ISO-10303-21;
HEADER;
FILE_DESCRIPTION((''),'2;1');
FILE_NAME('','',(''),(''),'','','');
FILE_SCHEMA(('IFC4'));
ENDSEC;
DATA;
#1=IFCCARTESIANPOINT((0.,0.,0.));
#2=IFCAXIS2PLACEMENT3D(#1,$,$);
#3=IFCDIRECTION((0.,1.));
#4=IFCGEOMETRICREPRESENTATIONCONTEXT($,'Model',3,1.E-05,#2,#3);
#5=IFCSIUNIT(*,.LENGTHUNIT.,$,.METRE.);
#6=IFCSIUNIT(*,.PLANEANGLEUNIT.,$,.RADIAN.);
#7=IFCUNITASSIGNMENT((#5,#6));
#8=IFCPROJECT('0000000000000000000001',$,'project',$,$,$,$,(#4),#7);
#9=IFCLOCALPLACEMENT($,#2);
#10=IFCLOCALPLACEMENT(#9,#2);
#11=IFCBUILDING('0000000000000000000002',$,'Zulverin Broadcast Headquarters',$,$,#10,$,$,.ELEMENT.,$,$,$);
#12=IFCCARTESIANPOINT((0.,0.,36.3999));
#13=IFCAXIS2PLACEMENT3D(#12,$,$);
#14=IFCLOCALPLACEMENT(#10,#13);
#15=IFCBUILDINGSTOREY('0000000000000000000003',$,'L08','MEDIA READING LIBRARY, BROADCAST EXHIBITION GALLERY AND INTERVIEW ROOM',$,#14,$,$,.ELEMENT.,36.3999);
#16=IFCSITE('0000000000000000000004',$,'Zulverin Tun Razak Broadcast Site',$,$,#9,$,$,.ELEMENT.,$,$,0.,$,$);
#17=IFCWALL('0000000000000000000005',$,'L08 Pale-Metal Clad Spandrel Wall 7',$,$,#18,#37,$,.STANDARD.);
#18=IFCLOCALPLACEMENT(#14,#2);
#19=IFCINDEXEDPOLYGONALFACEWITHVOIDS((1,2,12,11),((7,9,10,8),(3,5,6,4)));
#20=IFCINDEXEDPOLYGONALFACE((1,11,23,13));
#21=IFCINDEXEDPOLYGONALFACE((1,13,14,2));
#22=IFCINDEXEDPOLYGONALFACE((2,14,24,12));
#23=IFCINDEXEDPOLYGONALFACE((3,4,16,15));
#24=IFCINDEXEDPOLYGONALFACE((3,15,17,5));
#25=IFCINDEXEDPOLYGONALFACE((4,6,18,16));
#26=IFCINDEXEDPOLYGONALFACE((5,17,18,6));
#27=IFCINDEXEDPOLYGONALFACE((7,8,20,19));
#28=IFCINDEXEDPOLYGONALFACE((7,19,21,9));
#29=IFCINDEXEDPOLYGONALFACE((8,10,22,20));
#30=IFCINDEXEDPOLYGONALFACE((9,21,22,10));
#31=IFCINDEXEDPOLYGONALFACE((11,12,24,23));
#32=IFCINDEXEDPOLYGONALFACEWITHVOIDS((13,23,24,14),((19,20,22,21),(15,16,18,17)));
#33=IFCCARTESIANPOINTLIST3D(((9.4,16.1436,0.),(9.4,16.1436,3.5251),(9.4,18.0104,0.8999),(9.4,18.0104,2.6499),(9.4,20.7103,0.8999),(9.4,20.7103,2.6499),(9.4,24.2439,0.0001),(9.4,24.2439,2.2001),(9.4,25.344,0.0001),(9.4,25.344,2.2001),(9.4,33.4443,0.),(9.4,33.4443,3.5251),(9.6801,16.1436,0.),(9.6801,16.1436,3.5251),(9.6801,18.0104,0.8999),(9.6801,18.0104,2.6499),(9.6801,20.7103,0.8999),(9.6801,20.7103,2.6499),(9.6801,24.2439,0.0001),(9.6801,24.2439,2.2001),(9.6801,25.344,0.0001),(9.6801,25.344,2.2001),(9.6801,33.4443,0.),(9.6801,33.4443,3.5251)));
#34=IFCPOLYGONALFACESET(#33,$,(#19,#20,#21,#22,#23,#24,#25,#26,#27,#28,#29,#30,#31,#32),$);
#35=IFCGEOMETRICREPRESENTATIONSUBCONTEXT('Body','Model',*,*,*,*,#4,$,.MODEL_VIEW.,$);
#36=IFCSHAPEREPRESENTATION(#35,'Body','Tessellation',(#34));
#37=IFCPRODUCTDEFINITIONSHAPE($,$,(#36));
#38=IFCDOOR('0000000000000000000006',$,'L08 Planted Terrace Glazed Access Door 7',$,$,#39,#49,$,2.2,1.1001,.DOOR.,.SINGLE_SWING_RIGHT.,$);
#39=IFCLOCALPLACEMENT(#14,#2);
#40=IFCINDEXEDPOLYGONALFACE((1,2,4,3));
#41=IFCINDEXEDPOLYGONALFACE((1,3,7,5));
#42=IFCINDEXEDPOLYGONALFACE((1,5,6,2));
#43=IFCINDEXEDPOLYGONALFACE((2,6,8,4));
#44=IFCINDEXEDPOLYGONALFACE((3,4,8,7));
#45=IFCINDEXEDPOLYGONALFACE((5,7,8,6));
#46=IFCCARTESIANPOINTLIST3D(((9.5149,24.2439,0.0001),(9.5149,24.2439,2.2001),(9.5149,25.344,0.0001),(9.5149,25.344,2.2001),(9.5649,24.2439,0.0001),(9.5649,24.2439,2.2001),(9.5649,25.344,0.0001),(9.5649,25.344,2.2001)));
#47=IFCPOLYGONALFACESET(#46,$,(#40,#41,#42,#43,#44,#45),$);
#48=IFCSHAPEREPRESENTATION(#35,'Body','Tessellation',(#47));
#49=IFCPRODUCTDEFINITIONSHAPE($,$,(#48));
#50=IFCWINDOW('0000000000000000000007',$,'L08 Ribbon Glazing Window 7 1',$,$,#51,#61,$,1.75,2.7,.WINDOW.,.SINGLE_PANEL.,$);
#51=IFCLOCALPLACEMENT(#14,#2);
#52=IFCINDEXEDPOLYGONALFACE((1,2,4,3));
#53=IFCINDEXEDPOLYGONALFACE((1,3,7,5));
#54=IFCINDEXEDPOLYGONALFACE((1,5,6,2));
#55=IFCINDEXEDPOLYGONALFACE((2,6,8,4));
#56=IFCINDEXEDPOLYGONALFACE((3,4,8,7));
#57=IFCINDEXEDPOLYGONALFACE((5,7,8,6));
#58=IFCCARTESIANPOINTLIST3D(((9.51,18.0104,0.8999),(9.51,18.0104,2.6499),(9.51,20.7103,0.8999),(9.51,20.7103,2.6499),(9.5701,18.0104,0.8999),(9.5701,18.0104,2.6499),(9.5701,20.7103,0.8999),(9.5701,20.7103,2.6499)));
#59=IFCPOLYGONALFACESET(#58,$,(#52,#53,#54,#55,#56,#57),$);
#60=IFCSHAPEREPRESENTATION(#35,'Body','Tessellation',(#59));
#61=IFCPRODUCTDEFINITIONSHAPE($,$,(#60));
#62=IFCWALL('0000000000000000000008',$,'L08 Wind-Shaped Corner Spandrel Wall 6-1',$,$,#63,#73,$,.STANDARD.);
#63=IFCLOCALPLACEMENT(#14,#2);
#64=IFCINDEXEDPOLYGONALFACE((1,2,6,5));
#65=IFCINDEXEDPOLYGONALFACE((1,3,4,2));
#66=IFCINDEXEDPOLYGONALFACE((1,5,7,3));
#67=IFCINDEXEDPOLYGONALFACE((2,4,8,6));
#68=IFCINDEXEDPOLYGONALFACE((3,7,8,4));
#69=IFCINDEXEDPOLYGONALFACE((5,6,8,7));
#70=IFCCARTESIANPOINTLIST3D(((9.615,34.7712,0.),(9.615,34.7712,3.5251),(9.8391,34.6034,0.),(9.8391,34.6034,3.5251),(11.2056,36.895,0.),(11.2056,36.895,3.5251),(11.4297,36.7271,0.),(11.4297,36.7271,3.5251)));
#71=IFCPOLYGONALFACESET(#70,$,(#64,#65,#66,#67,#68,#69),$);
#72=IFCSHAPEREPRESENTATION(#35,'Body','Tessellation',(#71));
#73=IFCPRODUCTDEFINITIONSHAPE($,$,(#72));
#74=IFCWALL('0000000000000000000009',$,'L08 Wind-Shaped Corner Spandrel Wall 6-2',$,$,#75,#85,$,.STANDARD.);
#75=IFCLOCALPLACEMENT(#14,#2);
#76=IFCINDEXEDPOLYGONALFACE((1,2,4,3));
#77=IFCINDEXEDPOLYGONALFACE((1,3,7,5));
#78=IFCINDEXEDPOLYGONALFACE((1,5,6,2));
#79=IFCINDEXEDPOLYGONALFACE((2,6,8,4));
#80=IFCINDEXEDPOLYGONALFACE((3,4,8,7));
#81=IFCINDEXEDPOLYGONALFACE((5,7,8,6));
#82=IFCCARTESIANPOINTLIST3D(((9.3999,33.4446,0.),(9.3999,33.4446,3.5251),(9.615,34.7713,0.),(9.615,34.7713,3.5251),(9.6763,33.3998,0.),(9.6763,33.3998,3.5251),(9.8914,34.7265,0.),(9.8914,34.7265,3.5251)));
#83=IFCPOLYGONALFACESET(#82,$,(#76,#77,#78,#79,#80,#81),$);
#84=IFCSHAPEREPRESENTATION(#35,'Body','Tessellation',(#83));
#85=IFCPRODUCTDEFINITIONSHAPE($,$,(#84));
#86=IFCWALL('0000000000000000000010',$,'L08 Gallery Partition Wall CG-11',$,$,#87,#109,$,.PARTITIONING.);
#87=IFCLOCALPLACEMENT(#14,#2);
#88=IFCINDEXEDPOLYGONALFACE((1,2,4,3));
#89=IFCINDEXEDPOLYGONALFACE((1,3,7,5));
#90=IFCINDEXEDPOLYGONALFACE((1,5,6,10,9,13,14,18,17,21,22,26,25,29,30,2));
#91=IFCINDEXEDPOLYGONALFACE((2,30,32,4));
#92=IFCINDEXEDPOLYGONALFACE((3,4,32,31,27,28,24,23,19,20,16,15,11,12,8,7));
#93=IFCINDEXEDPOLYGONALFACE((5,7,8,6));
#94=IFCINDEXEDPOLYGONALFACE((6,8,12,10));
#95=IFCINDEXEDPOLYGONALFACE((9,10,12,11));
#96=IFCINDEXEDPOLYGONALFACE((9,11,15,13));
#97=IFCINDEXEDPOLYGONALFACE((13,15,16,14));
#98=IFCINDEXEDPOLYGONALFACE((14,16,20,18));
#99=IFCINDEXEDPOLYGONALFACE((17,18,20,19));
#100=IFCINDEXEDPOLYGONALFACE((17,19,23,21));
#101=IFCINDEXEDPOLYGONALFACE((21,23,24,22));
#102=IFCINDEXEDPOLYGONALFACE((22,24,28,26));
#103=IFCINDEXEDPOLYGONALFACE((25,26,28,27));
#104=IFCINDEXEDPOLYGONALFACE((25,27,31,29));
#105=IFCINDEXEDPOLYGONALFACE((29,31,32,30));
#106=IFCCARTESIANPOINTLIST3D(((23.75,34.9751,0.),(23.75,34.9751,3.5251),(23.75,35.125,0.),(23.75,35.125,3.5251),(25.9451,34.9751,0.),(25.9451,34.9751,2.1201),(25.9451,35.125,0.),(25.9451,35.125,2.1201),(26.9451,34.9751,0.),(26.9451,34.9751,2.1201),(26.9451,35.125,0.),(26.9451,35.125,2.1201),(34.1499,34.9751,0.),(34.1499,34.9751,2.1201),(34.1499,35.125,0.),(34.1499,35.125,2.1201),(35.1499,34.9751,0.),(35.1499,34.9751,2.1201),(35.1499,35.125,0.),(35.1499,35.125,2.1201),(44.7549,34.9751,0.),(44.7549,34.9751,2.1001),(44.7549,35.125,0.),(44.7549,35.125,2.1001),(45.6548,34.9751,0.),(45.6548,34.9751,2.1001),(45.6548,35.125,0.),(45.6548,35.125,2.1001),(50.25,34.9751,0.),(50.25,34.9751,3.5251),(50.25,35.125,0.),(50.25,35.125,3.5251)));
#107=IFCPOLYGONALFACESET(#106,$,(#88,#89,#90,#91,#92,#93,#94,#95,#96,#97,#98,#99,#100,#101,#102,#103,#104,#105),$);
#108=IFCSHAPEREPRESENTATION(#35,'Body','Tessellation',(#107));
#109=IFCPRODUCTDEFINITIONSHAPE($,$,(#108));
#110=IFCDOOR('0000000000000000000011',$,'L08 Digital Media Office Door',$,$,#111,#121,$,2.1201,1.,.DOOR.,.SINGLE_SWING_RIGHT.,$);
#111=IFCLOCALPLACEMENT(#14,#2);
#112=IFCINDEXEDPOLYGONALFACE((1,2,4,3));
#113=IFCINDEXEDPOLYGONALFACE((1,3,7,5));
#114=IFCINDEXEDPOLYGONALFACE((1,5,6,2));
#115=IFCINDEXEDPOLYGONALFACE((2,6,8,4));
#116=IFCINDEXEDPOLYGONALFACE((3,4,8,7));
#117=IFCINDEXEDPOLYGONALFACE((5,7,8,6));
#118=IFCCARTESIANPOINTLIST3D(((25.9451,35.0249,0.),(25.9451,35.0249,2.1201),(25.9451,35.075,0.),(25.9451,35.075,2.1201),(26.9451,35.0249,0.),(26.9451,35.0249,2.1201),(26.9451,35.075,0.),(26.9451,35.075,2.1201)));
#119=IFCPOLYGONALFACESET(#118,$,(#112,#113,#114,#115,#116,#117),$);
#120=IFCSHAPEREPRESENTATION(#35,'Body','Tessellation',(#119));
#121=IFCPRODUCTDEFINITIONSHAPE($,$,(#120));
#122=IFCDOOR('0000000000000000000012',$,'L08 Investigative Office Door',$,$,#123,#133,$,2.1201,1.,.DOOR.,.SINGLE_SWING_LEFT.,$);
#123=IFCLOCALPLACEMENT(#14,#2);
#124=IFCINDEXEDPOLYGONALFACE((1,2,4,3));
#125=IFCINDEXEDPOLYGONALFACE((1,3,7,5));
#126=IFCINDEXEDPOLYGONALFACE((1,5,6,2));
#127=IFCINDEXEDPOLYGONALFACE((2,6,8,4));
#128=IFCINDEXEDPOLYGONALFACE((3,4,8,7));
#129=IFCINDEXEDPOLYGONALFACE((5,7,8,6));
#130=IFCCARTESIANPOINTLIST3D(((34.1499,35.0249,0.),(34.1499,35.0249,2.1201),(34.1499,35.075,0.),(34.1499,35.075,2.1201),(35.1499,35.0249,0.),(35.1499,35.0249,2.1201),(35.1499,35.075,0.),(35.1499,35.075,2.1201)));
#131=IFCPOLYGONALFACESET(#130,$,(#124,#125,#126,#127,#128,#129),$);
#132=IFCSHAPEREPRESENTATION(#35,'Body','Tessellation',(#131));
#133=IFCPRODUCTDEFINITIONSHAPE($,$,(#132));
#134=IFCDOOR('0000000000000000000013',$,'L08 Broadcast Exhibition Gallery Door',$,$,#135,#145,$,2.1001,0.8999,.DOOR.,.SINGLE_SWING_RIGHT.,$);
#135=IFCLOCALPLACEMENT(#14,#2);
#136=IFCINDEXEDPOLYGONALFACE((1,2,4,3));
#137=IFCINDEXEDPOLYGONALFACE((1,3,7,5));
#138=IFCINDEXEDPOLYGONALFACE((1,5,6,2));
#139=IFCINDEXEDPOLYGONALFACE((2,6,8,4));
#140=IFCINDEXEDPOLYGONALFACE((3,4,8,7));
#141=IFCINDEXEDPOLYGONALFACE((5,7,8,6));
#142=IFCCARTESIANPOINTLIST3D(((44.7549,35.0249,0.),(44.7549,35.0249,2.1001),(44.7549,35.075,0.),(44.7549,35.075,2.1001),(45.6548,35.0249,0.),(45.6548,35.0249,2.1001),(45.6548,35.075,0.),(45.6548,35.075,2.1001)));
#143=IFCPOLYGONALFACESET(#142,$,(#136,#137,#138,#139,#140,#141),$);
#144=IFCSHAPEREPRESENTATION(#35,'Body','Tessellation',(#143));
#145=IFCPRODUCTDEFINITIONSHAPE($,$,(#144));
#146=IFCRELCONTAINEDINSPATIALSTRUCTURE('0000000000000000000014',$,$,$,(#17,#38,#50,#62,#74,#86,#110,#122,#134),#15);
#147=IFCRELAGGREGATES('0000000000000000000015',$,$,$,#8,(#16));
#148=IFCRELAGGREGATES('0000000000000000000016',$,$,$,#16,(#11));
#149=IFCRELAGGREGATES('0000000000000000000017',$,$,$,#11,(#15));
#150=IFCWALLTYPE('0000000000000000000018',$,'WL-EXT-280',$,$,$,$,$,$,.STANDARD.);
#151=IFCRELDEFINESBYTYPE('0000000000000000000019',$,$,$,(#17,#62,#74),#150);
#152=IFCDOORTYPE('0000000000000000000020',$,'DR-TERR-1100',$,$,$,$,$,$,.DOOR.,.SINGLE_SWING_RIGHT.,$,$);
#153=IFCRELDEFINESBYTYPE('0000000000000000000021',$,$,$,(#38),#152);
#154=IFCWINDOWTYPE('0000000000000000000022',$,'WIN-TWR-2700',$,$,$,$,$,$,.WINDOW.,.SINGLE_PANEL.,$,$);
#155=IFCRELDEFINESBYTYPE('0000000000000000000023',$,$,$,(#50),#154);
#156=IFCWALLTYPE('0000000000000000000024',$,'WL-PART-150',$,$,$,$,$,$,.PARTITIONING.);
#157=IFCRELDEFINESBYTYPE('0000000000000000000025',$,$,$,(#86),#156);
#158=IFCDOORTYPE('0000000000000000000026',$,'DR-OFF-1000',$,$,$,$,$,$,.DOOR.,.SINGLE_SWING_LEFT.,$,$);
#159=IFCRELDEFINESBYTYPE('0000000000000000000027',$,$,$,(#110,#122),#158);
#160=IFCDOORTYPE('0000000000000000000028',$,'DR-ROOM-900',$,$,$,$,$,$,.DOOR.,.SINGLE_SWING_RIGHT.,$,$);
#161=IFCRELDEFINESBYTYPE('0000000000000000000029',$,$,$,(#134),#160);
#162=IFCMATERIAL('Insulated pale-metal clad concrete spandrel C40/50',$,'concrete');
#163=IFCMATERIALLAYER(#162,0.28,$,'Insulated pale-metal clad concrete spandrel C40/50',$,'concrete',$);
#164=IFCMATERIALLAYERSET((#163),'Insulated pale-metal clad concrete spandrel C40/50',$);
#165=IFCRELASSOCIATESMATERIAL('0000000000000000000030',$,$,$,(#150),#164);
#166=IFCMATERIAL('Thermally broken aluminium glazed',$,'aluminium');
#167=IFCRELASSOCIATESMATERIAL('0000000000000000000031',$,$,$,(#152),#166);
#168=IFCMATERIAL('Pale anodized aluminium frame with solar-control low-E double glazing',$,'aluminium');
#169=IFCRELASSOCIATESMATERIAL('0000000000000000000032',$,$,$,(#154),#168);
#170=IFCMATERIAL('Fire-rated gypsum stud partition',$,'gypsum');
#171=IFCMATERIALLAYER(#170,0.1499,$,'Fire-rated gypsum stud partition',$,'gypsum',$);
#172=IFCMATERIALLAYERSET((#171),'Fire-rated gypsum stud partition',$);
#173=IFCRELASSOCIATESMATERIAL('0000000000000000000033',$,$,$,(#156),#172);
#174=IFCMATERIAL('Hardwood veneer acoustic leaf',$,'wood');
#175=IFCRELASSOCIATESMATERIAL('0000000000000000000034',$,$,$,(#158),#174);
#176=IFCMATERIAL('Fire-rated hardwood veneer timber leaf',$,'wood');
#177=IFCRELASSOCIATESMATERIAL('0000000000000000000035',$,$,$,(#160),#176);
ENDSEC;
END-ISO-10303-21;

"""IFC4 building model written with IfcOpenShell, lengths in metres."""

from ifc_helpers import new_model, si_unit, direction, frame, frame_2d, origin, place, context, subcontext, project, spatial, rectangle, extrude, material, layer, layer_set, type_object, element, fill, save


model = new_model("IFC4")

# Units and contexts
model_context = context("Model", 3, precision=1e-05, world=origin(), true_north=direction((0.0, 1.0)))
body_context = subcontext(model_context, "Body", "Model", "MODEL_VIEW")
ifc_project = project(units=[si_unit("LENGTHUNIT", "METRE"), si_unit("PLANEANGLEUNIT", "RADIAN")], contexts=[model_context])

# Site, building, storey
site_placement = place(None, origin())
site = spatial("IfcSite", under=ifc_project, at=site_placement, Name="Zulverin Tun Razak Broadcast Site", CompositionType="ELEMENT", RefElevation=0.0)
building_placement = place(site_placement, origin())
building = spatial("IfcBuilding", under=site, at=building_placement, Name="Zulverin Broadcast Headquarters", CompositionType="ELEMENT")
storey_placement = place(building_placement, frame((0.0, 0.0, 36.3999)))
storey = spatial("IfcBuildingStorey", under=building, at=storey_placement, Name="L08", Description="MEDIA READING LIBRARY, BROADCAST EXHIBITION GALLERY AND INTERVIEW ROOM", CompositionType="ELEMENT", Elevation=36.3999)

# Wall, openings, door, window
ifc_material_1 = material(Name="Insulated pale-metal clad concrete spandrel C40/50", Category="concrete")
ifc_layer_1 = layer(ifc_material_1, 0.28, Name="Insulated pale-metal clad concrete spandrel C40/50", Category="concrete")
ifc_layer_set_1 = layer_set([ifc_layer_1], Name="Insulated pale-metal clad concrete spandrel C40/50")
wall_type_1 = type_object("IfcWallType", Name="WL-EXT-280", PredefinedType="STANDARD", material=ifc_layer_set_1)
wall_1_placement = place(storey_placement, frame((9.54, 33.4443, 0.0), z_axis=(0.0, 0.0, 1.0), x_axis=(0.0, -1.0, 0.0)))
wall_1 = element("IfcWall", 1, at=wall_1_placement, inside=storey, type_object=wall_type_1, Name="L08 Pale-Metal Clad Spandrel Wall 7", PredefinedType="STANDARD", context=body_context, shape_type="SweptSolid", body=[
    extrude(rectangle(XDim=17.3008, YDim=0.28, at=frame_2d((8.6504, 0.0))), origin(), (0.0, 0.0, 1.0), 3.5251),
])
opening_1_placement = place(wall_1_placement, frame((8.1003, 0.0, 0.0)))
opening_1 = element("IfcOpeningElement", 2, at=opening_1_placement, cuts=wall_1, PredefinedType="OPENING", context=body_context, shape_type="SweptSolid", body=[
    extrude(rectangle(XDim=1.1001, YDim=2.2, at=frame_2d((0.55, 1.1001))), frame((0.0, 0.1499, 0.0), z_axis=(0.0, -1.0, 0.0), x_axis=(1.0, 0.0, 0.0)), (0.0, 0.0, 1.0), 0.3),
])
opening_2_placement = place(wall_1_placement, frame((12.7339, 0.0, 0.8999)))
opening_2 = element("IfcOpeningElement", 3, at=opening_2_placement, cuts=wall_1, PredefinedType="OPENING", context=body_context, shape_type="SweptSolid", body=[
    extrude(rectangle(XDim=2.7, YDim=1.75, at=frame_2d((1.3501, 0.875))), frame((0.0, 0.1499, 0.0), z_axis=(0.0, -1.0, 0.0), x_axis=(1.0, 0.0, 0.0)), (0.0, 0.0, 1.0), 0.3),
])
ifc_material_2 = material(Name="Thermally broken aluminium glazed", Category="aluminium")
door_type_1 = type_object("IfcDoorType", Name="DR-TERR-1100", OperationType="SINGLE_SWING_RIGHT", PredefinedType="DOOR", material=ifc_material_2)
door_1_placement = place(opening_1_placement, origin())
door_1 = element("IfcDoor", 4, at=door_1_placement, inside=storey, type_object=door_type_1, Name="L08 Planted Terrace Glazed Access Door 7", OperationType="SINGLE_SWING_RIGHT", OverallHeight=2.2, OverallWidth=1.1001, PredefinedType="DOOR", context=body_context, shape_type="SweptSolid", body=[
    extrude(rectangle(XDim=1.1001, YDim=2.2, at=frame_2d((0.55, 1.1001))), frame((0.0, 0.0249, 0.0), z_axis=(0.0, -1.0, 0.0), x_axis=(1.0, 0.0, 0.0)), (0.0, 0.0, 1.0), 0.05),
])
fill(opening_1, door_1)
ifc_material_3 = material(Name="Pale anodized aluminium frame with solar-control low-E double glazing", Category="aluminium")
window_type = type_object("IfcWindowType", Name="WIN-TWR-2700", PartitioningType="SINGLE_PANEL", PredefinedType="WINDOW", material=ifc_material_3)
window_placement = place(opening_2_placement, origin())
window = element("IfcWindow", 5, at=window_placement, inside=storey, type_object=window_type, Name="L08 Ribbon Glazing Window 7 1", OverallHeight=1.75, OverallWidth=2.7, PartitioningType="SINGLE_PANEL", PredefinedType="WINDOW", context=body_context, shape_type="SweptSolid", body=[
    extrude(rectangle(XDim=2.7, YDim=1.75, at=frame_2d((1.3501, 0.875))), frame((0.0, 0.03, 0.0), z_axis=(0.0, -1.0, 0.0), x_axis=(1.0, 0.0, 0.0)), (0.0, 0.0, 1.0), 0.0601),
])
fill(opening_2, window)

# Walls
wall_2_placement = place(storey_placement, frame((11.3176, 36.811, 0.0), z_axis=(0.0, 0.0, 1.0), x_axis=(-0.599455, -0.800408, 0.0)))
element("IfcWall", 6, at=wall_2_placement, inside=storey, type_object=wall_type_1, Name="L08 Wind-Shaped Corner Spandrel Wall 6-1", PredefinedType="STANDARD", context=body_context, shape_type="SweptSolid", body=[
    extrude(rectangle(XDim=2.6533, YDim=0.28, at=frame_2d((1.3267, 0.0))), origin(), (0.0, 0.0, 1.0), 3.5251),
])
wall_3_placement = place(storey_placement, frame((9.7532, 34.7488, 0.0), z_axis=(0.0, 0.0, 1.0), x_axis=(-0.160038, -0.987111, 0.0)))
element("IfcWall", 7, at=wall_3_placement, inside=storey, type_object=wall_type_1, Name="L08 Wind-Shaped Corner Spandrel Wall 6-2", PredefinedType="STANDARD", context=body_context, shape_type="SweptSolid", body=[
    extrude(rectangle(XDim=1.344, YDim=0.28, at=frame_2d((0.6719, 0.0))), origin(), (0.0, 0.0, 1.0), 3.5251),
])

# Wall, openings, doors
ifc_material_4 = material(Name="Fire-rated gypsum stud partition", Category="gypsum")
ifc_layer_2 = layer(ifc_material_4, 0.1499, Name="Fire-rated gypsum stud partition", Category="gypsum")
ifc_layer_set_2 = layer_set([ifc_layer_2], Name="Fire-rated gypsum stud partition")
wall_type_2 = type_object("IfcWallType", Name="WL-PART-150", PredefinedType="PARTITIONING", material=ifc_layer_set_2)
wall_4_placement = place(storey_placement, frame((23.75, 35.05, 0.0), z_axis=(0.0, 0.0, 1.0), x_axis=(1.0, 0.0, 0.0)))
wall_4 = element("IfcWall", 8, at=wall_4_placement, inside=storey, type_object=wall_type_2, Name="L08 Gallery Partition Wall CG-11", PredefinedType="PARTITIONING", context=body_context, shape_type="SweptSolid", body=[
    extrude(rectangle(XDim=26.5, YDim=0.1499, at=frame_2d((13.25, 0.0))), origin(), (0.0, 0.0, 1.0), 3.5251),
])
opening_3_placement = place(wall_4_placement, frame((2.1951, 0.0, 0.0)))
opening_3 = element("IfcOpeningElement", 9, at=opening_3_placement, cuts=wall_4, PredefinedType="OPENING", context=body_context, shape_type="SweptSolid", body=[
    extrude(rectangle(XDim=1.0, YDim=2.1201, at=frame_2d((0.5, 1.0601))), frame((0.0, 0.085, 0.0), z_axis=(0.0, -1.0, 0.0), x_axis=(1.0, 0.0, 0.0)), (0.0, 0.0, 1.0), 0.1699),
])
opening_4_placement = place(wall_4_placement, frame((10.3999, 0.0, 0.0)))
opening_4 = element("IfcOpeningElement", 10, at=opening_4_placement, cuts=wall_4, PredefinedType="OPENING", context=body_context, shape_type="SweptSolid", body=[
    extrude(rectangle(XDim=1.0, YDim=2.1201, at=frame_2d((0.5, 1.0601))), frame((0.0, 0.085, 0.0), z_axis=(0.0, -1.0, 0.0), x_axis=(1.0, 0.0, 0.0)), (0.0, 0.0, 1.0), 0.1699),
])
opening_5_placement = place(wall_4_placement, frame((21.0049, 0.0, 0.0)))
opening_5 = element("IfcOpeningElement", 11, at=opening_5_placement, cuts=wall_4, PredefinedType="OPENING", context=body_context, shape_type="SweptSolid", body=[
    extrude(rectangle(XDim=0.8999, YDim=2.1001, at=frame_2d((0.45, 1.05))), frame((0.0, 0.085, 0.0), z_axis=(0.0, -1.0, 0.0), x_axis=(1.0, 0.0, 0.0)), (0.0, 0.0, 1.0), 0.1699),
])
ifc_material_5 = material(Name="Hardwood veneer acoustic leaf", Category="wood")
door_type_2 = type_object("IfcDoorType", Name="DR-OFF-1000", OperationType="SINGLE_SWING_LEFT", PredefinedType="DOOR", material=ifc_material_5)
door_2_placement = place(opening_3_placement, origin())
door_2 = element("IfcDoor", 12, at=door_2_placement, inside=storey, type_object=door_type_2, Name="L08 Digital Media Office Door", OperationType="SINGLE_SWING_RIGHT", OverallHeight=2.1201, OverallWidth=1.0, PredefinedType="DOOR", context=body_context, shape_type="SweptSolid", body=[
    extrude(rectangle(XDim=1.0, YDim=2.1201, at=frame_2d((0.5, 1.0601))), frame((0.0, 0.0249, 0.0), z_axis=(0.0, -1.0, 0.0), x_axis=(1.0, 0.0, 0.0)), (0.0, 0.0, 1.0), 0.05),
])
fill(opening_3, door_2)
door_3_placement = place(opening_4_placement, origin())
door_3 = element("IfcDoor", 13, at=door_3_placement, inside=storey, type_object=door_type_2, Name="L08 Investigative Office Door", OperationType="SINGLE_SWING_LEFT", OverallHeight=2.1201, OverallWidth=1.0, PredefinedType="DOOR", context=body_context, shape_type="SweptSolid", body=[
    extrude(rectangle(XDim=1.0, YDim=2.1201, at=frame_2d((0.5, 1.0601))), frame((0.0, 0.0249, 0.0), z_axis=(0.0, -1.0, 0.0), x_axis=(1.0, 0.0, 0.0)), (0.0, 0.0, 1.0), 0.05),
])
fill(opening_4, door_3)
ifc_material_6 = material(Name="Fire-rated hardwood veneer timber leaf", Category="wood")
door_type_3 = type_object("IfcDoorType", Name="DR-ROOM-900", OperationType="SINGLE_SWING_RIGHT", PredefinedType="DOOR", material=ifc_material_6)
door_4_placement = place(opening_5_placement, origin())
door_4 = element("IfcDoor", 14, at=door_4_placement, inside=storey, type_object=door_type_3, Name="L08 Broadcast Exhibition Gallery Door", OperationType="SINGLE_SWING_RIGHT", OverallHeight=2.1001, OverallWidth=0.8999, PredefinedType="DOOR", context=body_context, shape_type="SweptSolid", body=[
    extrude(rectangle(XDim=0.8999, YDim=2.1001, at=frame_2d((0.45, 1.05))), frame((0.0, 0.0249, 0.0), z_axis=(0.0, -1.0, 0.0), x_axis=(1.0, 0.0, 0.0)), (0.0, 0.0, 1.0), 0.05),
])
fill(opening_5, door_4)

save(model, "model.ifc")
